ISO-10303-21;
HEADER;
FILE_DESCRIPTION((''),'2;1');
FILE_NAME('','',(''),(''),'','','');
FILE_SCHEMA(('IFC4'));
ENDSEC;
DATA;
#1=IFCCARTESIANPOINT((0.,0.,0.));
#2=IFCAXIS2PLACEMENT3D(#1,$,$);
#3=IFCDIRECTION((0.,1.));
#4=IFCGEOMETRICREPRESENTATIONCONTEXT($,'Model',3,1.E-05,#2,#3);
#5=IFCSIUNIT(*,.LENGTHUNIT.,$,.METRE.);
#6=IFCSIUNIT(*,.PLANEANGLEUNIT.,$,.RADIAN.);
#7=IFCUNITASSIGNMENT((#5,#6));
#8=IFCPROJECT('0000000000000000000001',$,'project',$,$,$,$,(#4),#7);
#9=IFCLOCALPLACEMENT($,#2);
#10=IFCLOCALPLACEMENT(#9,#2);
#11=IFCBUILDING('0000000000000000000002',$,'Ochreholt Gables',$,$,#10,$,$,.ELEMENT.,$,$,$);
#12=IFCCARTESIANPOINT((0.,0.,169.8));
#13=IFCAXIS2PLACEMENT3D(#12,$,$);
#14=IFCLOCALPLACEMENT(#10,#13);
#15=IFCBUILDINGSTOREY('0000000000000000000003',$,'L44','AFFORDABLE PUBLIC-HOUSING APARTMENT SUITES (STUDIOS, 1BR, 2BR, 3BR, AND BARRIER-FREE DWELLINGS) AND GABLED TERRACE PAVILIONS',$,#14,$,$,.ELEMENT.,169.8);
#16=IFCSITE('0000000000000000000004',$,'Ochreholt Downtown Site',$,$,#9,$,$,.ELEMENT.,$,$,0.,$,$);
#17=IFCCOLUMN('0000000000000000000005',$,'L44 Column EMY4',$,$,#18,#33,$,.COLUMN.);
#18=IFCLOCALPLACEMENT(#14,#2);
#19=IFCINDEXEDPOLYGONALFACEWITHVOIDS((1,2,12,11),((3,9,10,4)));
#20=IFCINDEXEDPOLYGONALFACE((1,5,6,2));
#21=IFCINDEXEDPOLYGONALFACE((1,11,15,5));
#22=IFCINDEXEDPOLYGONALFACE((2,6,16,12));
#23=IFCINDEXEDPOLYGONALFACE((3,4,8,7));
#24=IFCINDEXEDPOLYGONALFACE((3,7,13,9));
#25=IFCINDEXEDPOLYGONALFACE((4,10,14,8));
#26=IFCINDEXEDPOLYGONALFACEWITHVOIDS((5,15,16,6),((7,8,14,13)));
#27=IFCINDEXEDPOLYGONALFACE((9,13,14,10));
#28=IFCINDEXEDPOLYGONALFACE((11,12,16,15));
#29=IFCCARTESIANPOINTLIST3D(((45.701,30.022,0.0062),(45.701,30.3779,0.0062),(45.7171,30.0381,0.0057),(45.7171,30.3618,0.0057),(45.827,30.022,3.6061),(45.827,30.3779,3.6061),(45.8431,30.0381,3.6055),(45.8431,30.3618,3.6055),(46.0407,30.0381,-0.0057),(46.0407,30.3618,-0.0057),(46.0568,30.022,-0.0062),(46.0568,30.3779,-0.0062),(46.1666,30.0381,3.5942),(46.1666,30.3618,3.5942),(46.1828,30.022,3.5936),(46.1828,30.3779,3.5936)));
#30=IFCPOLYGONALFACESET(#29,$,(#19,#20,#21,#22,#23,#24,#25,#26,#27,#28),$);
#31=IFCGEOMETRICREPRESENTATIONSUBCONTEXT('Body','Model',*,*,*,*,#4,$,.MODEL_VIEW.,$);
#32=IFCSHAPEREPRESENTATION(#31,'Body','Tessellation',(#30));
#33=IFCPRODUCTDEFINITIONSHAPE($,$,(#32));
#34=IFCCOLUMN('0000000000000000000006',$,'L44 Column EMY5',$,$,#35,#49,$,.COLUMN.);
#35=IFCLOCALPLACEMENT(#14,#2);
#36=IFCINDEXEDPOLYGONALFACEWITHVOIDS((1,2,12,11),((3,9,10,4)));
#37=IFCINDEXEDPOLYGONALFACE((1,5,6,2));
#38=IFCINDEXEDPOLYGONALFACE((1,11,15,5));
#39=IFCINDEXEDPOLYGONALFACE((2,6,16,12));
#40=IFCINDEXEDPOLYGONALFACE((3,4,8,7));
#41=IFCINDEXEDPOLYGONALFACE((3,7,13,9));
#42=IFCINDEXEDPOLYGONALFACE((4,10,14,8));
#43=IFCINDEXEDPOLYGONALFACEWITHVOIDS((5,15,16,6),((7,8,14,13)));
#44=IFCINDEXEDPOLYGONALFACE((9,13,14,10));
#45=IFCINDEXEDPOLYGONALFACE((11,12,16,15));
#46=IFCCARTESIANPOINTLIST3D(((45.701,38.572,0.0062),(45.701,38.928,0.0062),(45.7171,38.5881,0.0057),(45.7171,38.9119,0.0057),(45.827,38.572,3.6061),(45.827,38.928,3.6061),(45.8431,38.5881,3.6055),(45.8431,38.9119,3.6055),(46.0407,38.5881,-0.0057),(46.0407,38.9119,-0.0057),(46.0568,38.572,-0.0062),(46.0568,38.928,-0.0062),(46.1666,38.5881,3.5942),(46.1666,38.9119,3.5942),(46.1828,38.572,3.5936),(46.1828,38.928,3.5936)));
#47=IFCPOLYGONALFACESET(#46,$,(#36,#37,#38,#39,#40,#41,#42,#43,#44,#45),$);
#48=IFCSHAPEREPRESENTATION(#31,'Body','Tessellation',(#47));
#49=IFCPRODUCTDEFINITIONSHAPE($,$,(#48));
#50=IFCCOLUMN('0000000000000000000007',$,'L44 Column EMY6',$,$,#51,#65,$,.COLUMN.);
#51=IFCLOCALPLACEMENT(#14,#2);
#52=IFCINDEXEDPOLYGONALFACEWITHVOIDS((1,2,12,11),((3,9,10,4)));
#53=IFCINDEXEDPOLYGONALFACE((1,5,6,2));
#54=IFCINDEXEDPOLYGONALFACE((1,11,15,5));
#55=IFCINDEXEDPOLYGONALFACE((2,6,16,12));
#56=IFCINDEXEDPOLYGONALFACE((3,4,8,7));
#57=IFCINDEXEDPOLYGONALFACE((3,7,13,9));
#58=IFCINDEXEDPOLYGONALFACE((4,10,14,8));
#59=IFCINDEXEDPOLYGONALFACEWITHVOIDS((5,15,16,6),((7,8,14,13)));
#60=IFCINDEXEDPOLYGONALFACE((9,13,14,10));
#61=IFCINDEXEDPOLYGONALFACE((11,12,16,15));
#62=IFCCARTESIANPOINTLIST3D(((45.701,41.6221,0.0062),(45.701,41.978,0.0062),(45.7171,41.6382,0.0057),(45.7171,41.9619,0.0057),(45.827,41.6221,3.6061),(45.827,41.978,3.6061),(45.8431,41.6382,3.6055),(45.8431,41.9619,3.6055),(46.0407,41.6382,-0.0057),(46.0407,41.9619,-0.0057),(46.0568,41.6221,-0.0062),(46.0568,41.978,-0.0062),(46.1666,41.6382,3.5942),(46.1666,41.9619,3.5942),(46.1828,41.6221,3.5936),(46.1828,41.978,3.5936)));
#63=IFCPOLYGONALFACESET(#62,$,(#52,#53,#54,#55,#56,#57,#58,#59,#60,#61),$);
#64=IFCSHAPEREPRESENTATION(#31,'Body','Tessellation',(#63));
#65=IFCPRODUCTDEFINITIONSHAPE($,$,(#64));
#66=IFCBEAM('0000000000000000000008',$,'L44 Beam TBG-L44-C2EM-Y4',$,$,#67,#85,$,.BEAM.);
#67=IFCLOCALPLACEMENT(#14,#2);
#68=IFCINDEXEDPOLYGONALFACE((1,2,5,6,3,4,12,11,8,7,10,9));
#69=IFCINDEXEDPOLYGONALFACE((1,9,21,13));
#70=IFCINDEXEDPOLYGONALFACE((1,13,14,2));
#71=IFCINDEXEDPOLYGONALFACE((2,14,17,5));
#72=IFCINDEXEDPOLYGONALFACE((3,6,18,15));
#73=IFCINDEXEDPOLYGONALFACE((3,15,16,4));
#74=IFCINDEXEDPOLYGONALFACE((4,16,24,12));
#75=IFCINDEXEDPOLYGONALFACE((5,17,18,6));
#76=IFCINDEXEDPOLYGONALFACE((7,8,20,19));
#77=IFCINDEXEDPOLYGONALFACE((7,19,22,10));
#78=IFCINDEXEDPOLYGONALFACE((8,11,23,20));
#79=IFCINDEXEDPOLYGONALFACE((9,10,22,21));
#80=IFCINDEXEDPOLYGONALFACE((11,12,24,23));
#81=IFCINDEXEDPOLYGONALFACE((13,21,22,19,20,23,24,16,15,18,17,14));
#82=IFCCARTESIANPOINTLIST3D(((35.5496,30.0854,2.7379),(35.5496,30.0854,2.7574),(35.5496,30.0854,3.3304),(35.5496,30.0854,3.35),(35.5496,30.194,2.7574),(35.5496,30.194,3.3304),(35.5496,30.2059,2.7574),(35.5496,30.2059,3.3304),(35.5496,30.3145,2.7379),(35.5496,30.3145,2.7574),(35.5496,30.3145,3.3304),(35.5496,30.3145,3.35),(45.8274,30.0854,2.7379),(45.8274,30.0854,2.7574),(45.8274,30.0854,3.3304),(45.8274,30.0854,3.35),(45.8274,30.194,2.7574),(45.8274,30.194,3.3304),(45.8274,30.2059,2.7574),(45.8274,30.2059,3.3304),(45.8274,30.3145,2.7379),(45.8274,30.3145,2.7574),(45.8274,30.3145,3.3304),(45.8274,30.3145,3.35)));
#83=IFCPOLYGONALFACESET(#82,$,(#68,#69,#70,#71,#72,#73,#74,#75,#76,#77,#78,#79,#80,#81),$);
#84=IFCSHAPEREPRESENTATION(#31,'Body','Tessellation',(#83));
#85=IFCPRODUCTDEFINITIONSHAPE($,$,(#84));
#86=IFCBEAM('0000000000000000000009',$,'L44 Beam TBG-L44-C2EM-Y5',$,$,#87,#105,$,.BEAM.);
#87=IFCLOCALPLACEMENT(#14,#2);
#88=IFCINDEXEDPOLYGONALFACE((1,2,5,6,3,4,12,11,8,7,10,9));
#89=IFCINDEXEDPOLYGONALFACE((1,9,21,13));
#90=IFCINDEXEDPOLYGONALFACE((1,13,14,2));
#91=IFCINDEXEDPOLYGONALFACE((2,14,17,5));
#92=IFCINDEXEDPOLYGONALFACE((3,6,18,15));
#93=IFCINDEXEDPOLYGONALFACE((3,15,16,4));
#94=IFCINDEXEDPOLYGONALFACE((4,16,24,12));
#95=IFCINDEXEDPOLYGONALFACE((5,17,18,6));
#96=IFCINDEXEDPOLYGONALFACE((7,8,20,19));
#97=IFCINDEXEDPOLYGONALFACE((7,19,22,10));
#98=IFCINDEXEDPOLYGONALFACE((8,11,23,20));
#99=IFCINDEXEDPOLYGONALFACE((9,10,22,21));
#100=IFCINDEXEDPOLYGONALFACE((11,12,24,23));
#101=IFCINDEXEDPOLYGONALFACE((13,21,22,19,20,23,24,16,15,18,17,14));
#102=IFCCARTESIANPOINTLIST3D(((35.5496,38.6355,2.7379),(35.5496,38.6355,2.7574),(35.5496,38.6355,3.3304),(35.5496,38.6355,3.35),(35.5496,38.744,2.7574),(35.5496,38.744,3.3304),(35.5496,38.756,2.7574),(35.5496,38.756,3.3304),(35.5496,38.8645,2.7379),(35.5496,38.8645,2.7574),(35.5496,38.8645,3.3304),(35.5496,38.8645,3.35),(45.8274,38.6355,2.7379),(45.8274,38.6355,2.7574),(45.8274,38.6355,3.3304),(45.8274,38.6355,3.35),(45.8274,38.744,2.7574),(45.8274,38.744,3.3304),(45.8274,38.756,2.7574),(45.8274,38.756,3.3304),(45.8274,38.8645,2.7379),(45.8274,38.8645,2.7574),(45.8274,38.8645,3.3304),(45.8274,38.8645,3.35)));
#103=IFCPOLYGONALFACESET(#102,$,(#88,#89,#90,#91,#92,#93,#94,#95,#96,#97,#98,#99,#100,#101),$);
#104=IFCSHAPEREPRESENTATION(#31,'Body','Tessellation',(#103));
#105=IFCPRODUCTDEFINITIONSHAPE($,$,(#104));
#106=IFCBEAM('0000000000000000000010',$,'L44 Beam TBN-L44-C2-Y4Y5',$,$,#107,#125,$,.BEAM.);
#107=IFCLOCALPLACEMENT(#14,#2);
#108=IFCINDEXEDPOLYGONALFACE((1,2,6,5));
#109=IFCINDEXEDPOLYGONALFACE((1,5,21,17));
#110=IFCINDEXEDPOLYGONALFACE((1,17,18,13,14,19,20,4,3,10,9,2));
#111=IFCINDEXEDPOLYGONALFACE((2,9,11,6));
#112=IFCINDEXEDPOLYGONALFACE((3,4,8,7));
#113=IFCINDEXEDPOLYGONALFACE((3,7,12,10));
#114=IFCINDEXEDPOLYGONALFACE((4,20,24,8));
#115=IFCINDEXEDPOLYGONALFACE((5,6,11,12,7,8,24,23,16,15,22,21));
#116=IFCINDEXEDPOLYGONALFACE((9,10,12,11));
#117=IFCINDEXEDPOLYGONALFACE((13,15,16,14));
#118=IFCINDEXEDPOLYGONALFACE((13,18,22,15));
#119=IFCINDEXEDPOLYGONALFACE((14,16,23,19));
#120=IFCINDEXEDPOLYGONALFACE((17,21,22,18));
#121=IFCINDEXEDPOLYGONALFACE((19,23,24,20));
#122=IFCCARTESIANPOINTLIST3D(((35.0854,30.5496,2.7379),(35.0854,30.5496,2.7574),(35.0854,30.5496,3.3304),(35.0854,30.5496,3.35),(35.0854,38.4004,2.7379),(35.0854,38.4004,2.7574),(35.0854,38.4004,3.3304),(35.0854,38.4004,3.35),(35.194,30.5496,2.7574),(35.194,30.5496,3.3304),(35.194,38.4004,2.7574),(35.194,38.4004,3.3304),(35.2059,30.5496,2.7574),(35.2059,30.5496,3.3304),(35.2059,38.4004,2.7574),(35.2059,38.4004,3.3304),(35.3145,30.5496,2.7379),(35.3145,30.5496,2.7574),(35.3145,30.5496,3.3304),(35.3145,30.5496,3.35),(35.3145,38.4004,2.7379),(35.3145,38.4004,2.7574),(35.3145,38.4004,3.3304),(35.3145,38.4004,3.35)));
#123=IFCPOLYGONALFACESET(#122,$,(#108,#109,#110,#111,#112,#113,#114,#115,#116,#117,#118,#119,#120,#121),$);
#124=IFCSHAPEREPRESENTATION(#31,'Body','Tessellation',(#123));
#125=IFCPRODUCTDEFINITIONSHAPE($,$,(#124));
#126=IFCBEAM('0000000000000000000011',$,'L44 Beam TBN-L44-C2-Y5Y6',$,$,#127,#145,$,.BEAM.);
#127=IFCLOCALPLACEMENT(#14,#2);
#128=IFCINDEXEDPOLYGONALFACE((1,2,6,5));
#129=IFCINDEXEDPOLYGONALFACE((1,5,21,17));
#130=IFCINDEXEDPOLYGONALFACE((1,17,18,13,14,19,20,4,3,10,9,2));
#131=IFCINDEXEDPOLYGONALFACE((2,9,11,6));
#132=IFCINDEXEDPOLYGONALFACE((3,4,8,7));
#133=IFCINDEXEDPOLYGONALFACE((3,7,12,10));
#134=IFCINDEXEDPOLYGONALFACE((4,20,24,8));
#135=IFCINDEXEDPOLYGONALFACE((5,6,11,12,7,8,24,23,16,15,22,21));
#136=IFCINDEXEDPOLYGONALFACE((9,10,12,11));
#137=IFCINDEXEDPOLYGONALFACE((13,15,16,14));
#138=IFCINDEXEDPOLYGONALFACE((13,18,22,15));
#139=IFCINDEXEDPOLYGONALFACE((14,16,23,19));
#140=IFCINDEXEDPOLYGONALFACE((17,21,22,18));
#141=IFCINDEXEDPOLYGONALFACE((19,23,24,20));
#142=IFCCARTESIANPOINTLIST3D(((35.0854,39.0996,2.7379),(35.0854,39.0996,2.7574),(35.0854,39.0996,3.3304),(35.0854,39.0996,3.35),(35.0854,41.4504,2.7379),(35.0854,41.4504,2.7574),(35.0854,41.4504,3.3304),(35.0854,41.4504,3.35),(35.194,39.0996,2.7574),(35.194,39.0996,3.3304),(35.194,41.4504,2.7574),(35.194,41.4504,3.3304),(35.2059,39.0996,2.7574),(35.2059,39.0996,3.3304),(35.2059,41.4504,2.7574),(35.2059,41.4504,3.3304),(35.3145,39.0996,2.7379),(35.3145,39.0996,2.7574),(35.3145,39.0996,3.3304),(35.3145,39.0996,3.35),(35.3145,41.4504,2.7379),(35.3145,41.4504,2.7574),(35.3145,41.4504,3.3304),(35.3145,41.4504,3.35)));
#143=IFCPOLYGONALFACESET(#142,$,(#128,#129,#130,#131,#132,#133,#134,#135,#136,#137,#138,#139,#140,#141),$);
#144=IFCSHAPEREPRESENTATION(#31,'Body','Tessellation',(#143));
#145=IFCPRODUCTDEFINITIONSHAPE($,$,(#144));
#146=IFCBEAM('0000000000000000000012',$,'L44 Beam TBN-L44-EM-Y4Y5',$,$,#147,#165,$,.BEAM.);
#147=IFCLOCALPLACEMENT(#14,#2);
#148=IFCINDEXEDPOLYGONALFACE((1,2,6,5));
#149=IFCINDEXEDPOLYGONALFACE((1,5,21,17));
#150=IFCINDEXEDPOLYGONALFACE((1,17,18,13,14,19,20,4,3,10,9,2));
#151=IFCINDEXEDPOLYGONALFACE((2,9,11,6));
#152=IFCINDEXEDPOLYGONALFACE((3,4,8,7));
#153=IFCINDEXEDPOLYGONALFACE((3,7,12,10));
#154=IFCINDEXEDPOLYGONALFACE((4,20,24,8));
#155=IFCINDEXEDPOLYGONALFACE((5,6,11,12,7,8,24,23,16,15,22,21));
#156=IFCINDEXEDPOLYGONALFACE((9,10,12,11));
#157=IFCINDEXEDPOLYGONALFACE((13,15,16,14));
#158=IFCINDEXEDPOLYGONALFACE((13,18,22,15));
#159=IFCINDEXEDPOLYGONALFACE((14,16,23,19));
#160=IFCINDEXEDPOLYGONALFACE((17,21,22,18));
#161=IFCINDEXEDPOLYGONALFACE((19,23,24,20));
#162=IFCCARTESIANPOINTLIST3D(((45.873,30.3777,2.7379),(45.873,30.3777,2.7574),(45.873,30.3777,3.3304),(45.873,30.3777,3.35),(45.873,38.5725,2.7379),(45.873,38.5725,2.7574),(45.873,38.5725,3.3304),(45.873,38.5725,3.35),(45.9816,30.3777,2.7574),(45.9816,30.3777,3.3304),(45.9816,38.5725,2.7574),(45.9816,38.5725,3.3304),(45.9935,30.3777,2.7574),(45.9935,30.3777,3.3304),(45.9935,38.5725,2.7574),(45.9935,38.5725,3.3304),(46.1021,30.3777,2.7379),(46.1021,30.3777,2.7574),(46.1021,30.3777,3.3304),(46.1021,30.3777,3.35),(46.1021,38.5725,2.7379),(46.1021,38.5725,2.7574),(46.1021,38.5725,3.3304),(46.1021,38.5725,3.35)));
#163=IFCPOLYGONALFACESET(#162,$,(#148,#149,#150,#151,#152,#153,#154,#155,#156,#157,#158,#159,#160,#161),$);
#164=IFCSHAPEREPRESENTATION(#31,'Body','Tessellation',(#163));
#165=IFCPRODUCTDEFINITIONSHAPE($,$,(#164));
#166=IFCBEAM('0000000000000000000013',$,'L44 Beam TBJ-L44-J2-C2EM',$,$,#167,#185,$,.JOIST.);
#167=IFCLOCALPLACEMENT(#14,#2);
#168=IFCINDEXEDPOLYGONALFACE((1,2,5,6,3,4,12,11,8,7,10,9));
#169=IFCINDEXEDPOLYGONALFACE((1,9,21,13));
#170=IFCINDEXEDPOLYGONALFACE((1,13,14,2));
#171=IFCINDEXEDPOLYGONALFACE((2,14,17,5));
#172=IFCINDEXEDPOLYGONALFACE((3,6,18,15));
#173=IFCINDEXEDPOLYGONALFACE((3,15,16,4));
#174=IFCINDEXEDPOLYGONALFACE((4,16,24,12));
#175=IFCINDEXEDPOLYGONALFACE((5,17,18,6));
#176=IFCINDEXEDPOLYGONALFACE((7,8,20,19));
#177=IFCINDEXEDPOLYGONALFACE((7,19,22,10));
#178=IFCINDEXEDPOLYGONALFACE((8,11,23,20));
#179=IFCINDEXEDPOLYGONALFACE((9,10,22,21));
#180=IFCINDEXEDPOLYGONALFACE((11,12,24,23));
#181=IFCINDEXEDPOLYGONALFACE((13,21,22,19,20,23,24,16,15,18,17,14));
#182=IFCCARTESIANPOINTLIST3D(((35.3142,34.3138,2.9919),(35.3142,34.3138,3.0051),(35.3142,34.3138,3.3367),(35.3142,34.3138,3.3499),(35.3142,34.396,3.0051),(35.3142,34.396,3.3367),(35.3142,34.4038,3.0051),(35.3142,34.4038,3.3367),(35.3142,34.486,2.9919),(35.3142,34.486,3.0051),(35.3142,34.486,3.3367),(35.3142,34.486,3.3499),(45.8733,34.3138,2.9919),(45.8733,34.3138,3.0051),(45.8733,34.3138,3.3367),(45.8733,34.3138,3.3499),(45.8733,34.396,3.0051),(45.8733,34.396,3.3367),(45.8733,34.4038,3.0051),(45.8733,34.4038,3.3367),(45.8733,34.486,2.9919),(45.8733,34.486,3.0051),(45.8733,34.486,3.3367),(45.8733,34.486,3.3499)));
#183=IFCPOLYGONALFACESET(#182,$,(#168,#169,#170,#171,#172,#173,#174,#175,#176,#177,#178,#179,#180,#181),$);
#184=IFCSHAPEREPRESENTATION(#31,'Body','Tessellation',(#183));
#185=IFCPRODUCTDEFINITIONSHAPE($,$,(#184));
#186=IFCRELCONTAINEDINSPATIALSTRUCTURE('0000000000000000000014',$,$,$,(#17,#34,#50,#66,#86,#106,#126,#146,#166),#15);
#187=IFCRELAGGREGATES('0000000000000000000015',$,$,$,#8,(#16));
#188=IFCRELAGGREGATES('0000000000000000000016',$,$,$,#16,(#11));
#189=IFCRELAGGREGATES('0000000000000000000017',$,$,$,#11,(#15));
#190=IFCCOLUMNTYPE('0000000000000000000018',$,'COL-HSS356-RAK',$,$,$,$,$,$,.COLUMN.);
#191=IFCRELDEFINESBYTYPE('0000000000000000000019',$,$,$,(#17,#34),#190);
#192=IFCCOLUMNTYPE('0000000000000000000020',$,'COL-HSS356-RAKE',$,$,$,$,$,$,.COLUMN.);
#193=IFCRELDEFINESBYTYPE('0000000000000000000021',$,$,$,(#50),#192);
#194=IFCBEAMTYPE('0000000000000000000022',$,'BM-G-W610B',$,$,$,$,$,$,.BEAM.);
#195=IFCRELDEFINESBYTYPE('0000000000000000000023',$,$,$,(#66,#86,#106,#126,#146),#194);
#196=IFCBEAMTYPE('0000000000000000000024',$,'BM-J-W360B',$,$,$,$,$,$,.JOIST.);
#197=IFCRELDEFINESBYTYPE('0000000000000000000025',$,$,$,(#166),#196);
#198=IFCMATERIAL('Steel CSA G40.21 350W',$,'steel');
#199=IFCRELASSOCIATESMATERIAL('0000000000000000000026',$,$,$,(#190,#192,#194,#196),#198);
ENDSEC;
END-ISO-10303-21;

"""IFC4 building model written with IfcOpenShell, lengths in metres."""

from ifc_helpers import new_model, si_unit, direction, frame, origin, origin_2d, place, context, subcontext, project, spatial, hollow_rectangle, i_section, extrude, material, material_profile, profile_set, type_object, element, save


model = new_model("IFC4")

# Units and contexts
model_context = context("Model", 3, precision=1e-05, world=origin(), true_north=direction((0.0, 1.0)))
body_context = subcontext(model_context, "Body", "Model", "MODEL_VIEW")
ifc_project = project(units=[si_unit("LENGTHUNIT", "METRE"), si_unit("PLANEANGLEUNIT", "RADIAN")], contexts=[model_context])

# Site, building, storey
site_placement = place(None, origin())
site = spatial("IfcSite", under=ifc_project, at=site_placement, Name="Ochreholt Downtown Site", CompositionType="ELEMENT", RefElevation=0.0)
building_placement = place(site_placement, origin())
building = spatial("IfcBuilding", under=site, at=building_placement, Name="Ochreholt Gables", CompositionType="ELEMENT")
storey_placement = place(building_placement, frame((0.0, 0.0, 169.8)))
storey = spatial("IfcBuildingStorey", under=building, at=storey_placement, Name="L44", Description="AFFORDABLE PUBLIC-HOUSING APARTMENT SUITES (STUDIOS, 1BR, 2BR, 3BR, AND BARRIER-FREE DWELLINGS) AND GABLED TERRACE PAVILIONS", CompositionType="ELEMENT", Elevation=169.8)

# Columns
ifc_material_1 = material(Name="Steel CSA G40.21 350W", Category="steel")
ifc_material_profile_1 = material_profile(ifc_material_1, hollow_rectangle(XDim=0.356, YDim=0.356, WallThickness=0.0161, at=origin_2d()), Name="HSS356X356X16")
ifc_profile_set_1 = profile_set([ifc_material_profile_1], Name="Steel CSA G40.21 350W")
column_type_1 = type_object("IfcColumnType", Name="COL-HSS356-RAK", PredefinedType="COLUMN", material=ifc_profile_set_1)
for number, where, z_axis, x_axis, name in (
    (1, (45.8789, 30.2, 0.0), (0.034974, 0.0, 0.999388), (0.0, 1.0, 0.0), "L44 Column EMY4"),
    (2, (45.8789, 38.75, 0.0), (0.034974, 0.0, 0.999388), (0.0, 1.0, 0.0), "L44 Column EMY5"),
):
    element("IfcColumn", number, at=place(storey_placement, frame(where, z_axis=z_axis, x_axis=x_axis)), inside=storey, type_object=column_type_1, Name=name, PredefinedType="COLUMN", context=body_context, shape_type="SweptSolid", body=[
        extrude(hollow_rectangle(XDim=0.356, YDim=0.356, WallThickness=0.0161, at=origin_2d()), origin(), (0.0, 0.0, 1.0), 3.6021),
    ])
ifc_material_profile_2 = material_profile(ifc_material_1, hollow_rectangle(XDim=0.356, YDim=0.356, WallThickness=0.0161, at=origin_2d()), Name="HSS356X356X16")
ifc_profile_set_2 = profile_set([ifc_material_profile_2], Name="Steel CSA G40.21 350W")
column_type_2 = type_object("IfcColumnType", Name="COL-HSS356-RAKE", PredefinedType="COLUMN", material=ifc_profile_set_2)
column_placement = place(storey_placement, frame((45.8789, 41.8, 0.0), z_axis=(0.034974, 0.0, 0.999388), x_axis=(0.0, 1.0, 0.0)))
element("IfcColumn", 3, at=column_placement, inside=storey, type_object=column_type_2, Name="L44 Column EMY6", PredefinedType="COLUMN", context=body_context, shape_type="SweptSolid", body=[
    extrude(hollow_rectangle(XDim=0.356, YDim=0.356, WallThickness=0.0161, at=origin_2d()), origin(), (0.0, 0.0, 1.0), 3.6021),
])

# Beams
ifc_material_profile_3 = material_profile(ifc_material_1, i_section(OverallWidth=0.229, OverallDepth=0.6121, WebThickness=0.012, FlangeThickness=0.0195, at=origin_2d()), Name="W610X125")
ifc_profile_set_3 = profile_set([ifc_material_profile_3], Name="Steel CSA G40.21 350W")
beam_type_1 = type_object("IfcBeamType", Name="BM-G-W610B", PredefinedType="BEAM", material=ifc_profile_set_3)
for number, where, z_axis, x_axis, name in (
    (4, (35.5496, 30.2, 3.0439), (1.0, 0.0, 0.0), (0.0, 1.0, 0.0), "L44 Beam TBG-L44-C2EM-Y4"),
    (5, (35.5496, 38.75, 3.0439), (1.0, 0.0, 0.0), (0.0, 1.0, 0.0), "L44 Beam TBG-L44-C2EM-Y5"),
):
    element("IfcBeam", number, at=place(storey_placement, frame(where, z_axis=z_axis, x_axis=x_axis)), inside=storey, type_object=beam_type_1, Name=name, PredefinedType="BEAM", context=body_context, shape_type="SweptSolid", body=[
        extrude(i_section(OverallWidth=0.229, OverallDepth=0.6121, WebThickness=0.012, FlangeThickness=0.0195, at=origin_2d()), origin(), (0.0, 0.0, 1.0), 10.2778),
    ])
beam_1_placement = place(storey_placement, frame((35.2, 30.5496, 3.0439), z_axis=(0.0, 1.0, 0.0), x_axis=(-1.0, 0.0, 0.0)))
element("IfcBeam", 6, at=beam_1_placement, inside=storey, type_object=beam_type_1, Name="L44 Beam TBN-L44-C2-Y4Y5", PredefinedType="BEAM", context=body_context, shape_type="SweptSolid", body=[
    extrude(i_section(OverallWidth=0.229, OverallDepth=0.6121, WebThickness=0.012, FlangeThickness=0.0195, at=origin_2d()), origin(), (0.0, 0.0, 1.0), 7.8508),
])
beam_2_placement = place(storey_placement, frame((35.2, 39.0996, 3.0439), z_axis=(0.0, 1.0, 0.0), x_axis=(-1.0, 0.0, 0.0)))
element("IfcBeam", 7, at=beam_2_placement, inside=storey, type_object=beam_type_1, Name="L44 Beam TBN-L44-C2-Y5Y6", PredefinedType="BEAM", context=body_context, shape_type="SweptSolid", body=[
    extrude(i_section(OverallWidth=0.229, OverallDepth=0.6121, WebThickness=0.012, FlangeThickness=0.0195, at=origin_2d()), origin(), (0.0, 0.0, 1.0), 2.3508),
])
beam_3_placement = place(storey_placement, frame((45.9875, 30.3777, 3.0439), z_axis=(0.0, 1.0, 0.0), x_axis=(-1.0, 0.0, 0.0)))
element("IfcBeam", 8, at=beam_3_placement, inside=storey, type_object=beam_type_1, Name="L44 Beam TBN-L44-EM-Y4Y5", PredefinedType="BEAM", context=body_context, shape_type="SweptSolid", body=[
    extrude(i_section(OverallWidth=0.229, OverallDepth=0.6121, WebThickness=0.012, FlangeThickness=0.0195, at=origin_2d()), origin(), (0.0, 0.0, 1.0), 8.1948),
])
ifc_material_profile_4 = material_profile(ifc_material_1, i_section(OverallWidth=0.1721, OverallDepth=0.3579, WebThickness=0.0078, FlangeThickness=0.0132, at=origin_2d()), Name="W360X57")
ifc_profile_set_4 = profile_set([ifc_material_profile_4], Name="Steel CSA G40.21 350W")
beam_type_2 = type_object("IfcBeamType", Name="BM-J-W360B", PredefinedType="JOIST", material=ifc_profile_set_4)
beam_4_placement = place(storey_placement, frame((35.3142, 34.3999, 3.1709), z_axis=(1.0, 0.0, 0.0), x_axis=(0.0, 1.0, 0.0)))
element("IfcBeam", 9, at=beam_4_placement, inside=storey, type_object=beam_type_2, Name="L44 Beam TBJ-L44-J2-C2EM", PredefinedType="JOIST", context=body_context, shape_type="SweptSolid", body=[
    extrude(i_section(OverallWidth=0.1721, OverallDepth=0.3579, WebThickness=0.0078, FlangeThickness=0.0132, at=origin_2d()), origin(), (0.0, 0.0, 1.0), 10.5591),
])

save(model, "model.ifc")
